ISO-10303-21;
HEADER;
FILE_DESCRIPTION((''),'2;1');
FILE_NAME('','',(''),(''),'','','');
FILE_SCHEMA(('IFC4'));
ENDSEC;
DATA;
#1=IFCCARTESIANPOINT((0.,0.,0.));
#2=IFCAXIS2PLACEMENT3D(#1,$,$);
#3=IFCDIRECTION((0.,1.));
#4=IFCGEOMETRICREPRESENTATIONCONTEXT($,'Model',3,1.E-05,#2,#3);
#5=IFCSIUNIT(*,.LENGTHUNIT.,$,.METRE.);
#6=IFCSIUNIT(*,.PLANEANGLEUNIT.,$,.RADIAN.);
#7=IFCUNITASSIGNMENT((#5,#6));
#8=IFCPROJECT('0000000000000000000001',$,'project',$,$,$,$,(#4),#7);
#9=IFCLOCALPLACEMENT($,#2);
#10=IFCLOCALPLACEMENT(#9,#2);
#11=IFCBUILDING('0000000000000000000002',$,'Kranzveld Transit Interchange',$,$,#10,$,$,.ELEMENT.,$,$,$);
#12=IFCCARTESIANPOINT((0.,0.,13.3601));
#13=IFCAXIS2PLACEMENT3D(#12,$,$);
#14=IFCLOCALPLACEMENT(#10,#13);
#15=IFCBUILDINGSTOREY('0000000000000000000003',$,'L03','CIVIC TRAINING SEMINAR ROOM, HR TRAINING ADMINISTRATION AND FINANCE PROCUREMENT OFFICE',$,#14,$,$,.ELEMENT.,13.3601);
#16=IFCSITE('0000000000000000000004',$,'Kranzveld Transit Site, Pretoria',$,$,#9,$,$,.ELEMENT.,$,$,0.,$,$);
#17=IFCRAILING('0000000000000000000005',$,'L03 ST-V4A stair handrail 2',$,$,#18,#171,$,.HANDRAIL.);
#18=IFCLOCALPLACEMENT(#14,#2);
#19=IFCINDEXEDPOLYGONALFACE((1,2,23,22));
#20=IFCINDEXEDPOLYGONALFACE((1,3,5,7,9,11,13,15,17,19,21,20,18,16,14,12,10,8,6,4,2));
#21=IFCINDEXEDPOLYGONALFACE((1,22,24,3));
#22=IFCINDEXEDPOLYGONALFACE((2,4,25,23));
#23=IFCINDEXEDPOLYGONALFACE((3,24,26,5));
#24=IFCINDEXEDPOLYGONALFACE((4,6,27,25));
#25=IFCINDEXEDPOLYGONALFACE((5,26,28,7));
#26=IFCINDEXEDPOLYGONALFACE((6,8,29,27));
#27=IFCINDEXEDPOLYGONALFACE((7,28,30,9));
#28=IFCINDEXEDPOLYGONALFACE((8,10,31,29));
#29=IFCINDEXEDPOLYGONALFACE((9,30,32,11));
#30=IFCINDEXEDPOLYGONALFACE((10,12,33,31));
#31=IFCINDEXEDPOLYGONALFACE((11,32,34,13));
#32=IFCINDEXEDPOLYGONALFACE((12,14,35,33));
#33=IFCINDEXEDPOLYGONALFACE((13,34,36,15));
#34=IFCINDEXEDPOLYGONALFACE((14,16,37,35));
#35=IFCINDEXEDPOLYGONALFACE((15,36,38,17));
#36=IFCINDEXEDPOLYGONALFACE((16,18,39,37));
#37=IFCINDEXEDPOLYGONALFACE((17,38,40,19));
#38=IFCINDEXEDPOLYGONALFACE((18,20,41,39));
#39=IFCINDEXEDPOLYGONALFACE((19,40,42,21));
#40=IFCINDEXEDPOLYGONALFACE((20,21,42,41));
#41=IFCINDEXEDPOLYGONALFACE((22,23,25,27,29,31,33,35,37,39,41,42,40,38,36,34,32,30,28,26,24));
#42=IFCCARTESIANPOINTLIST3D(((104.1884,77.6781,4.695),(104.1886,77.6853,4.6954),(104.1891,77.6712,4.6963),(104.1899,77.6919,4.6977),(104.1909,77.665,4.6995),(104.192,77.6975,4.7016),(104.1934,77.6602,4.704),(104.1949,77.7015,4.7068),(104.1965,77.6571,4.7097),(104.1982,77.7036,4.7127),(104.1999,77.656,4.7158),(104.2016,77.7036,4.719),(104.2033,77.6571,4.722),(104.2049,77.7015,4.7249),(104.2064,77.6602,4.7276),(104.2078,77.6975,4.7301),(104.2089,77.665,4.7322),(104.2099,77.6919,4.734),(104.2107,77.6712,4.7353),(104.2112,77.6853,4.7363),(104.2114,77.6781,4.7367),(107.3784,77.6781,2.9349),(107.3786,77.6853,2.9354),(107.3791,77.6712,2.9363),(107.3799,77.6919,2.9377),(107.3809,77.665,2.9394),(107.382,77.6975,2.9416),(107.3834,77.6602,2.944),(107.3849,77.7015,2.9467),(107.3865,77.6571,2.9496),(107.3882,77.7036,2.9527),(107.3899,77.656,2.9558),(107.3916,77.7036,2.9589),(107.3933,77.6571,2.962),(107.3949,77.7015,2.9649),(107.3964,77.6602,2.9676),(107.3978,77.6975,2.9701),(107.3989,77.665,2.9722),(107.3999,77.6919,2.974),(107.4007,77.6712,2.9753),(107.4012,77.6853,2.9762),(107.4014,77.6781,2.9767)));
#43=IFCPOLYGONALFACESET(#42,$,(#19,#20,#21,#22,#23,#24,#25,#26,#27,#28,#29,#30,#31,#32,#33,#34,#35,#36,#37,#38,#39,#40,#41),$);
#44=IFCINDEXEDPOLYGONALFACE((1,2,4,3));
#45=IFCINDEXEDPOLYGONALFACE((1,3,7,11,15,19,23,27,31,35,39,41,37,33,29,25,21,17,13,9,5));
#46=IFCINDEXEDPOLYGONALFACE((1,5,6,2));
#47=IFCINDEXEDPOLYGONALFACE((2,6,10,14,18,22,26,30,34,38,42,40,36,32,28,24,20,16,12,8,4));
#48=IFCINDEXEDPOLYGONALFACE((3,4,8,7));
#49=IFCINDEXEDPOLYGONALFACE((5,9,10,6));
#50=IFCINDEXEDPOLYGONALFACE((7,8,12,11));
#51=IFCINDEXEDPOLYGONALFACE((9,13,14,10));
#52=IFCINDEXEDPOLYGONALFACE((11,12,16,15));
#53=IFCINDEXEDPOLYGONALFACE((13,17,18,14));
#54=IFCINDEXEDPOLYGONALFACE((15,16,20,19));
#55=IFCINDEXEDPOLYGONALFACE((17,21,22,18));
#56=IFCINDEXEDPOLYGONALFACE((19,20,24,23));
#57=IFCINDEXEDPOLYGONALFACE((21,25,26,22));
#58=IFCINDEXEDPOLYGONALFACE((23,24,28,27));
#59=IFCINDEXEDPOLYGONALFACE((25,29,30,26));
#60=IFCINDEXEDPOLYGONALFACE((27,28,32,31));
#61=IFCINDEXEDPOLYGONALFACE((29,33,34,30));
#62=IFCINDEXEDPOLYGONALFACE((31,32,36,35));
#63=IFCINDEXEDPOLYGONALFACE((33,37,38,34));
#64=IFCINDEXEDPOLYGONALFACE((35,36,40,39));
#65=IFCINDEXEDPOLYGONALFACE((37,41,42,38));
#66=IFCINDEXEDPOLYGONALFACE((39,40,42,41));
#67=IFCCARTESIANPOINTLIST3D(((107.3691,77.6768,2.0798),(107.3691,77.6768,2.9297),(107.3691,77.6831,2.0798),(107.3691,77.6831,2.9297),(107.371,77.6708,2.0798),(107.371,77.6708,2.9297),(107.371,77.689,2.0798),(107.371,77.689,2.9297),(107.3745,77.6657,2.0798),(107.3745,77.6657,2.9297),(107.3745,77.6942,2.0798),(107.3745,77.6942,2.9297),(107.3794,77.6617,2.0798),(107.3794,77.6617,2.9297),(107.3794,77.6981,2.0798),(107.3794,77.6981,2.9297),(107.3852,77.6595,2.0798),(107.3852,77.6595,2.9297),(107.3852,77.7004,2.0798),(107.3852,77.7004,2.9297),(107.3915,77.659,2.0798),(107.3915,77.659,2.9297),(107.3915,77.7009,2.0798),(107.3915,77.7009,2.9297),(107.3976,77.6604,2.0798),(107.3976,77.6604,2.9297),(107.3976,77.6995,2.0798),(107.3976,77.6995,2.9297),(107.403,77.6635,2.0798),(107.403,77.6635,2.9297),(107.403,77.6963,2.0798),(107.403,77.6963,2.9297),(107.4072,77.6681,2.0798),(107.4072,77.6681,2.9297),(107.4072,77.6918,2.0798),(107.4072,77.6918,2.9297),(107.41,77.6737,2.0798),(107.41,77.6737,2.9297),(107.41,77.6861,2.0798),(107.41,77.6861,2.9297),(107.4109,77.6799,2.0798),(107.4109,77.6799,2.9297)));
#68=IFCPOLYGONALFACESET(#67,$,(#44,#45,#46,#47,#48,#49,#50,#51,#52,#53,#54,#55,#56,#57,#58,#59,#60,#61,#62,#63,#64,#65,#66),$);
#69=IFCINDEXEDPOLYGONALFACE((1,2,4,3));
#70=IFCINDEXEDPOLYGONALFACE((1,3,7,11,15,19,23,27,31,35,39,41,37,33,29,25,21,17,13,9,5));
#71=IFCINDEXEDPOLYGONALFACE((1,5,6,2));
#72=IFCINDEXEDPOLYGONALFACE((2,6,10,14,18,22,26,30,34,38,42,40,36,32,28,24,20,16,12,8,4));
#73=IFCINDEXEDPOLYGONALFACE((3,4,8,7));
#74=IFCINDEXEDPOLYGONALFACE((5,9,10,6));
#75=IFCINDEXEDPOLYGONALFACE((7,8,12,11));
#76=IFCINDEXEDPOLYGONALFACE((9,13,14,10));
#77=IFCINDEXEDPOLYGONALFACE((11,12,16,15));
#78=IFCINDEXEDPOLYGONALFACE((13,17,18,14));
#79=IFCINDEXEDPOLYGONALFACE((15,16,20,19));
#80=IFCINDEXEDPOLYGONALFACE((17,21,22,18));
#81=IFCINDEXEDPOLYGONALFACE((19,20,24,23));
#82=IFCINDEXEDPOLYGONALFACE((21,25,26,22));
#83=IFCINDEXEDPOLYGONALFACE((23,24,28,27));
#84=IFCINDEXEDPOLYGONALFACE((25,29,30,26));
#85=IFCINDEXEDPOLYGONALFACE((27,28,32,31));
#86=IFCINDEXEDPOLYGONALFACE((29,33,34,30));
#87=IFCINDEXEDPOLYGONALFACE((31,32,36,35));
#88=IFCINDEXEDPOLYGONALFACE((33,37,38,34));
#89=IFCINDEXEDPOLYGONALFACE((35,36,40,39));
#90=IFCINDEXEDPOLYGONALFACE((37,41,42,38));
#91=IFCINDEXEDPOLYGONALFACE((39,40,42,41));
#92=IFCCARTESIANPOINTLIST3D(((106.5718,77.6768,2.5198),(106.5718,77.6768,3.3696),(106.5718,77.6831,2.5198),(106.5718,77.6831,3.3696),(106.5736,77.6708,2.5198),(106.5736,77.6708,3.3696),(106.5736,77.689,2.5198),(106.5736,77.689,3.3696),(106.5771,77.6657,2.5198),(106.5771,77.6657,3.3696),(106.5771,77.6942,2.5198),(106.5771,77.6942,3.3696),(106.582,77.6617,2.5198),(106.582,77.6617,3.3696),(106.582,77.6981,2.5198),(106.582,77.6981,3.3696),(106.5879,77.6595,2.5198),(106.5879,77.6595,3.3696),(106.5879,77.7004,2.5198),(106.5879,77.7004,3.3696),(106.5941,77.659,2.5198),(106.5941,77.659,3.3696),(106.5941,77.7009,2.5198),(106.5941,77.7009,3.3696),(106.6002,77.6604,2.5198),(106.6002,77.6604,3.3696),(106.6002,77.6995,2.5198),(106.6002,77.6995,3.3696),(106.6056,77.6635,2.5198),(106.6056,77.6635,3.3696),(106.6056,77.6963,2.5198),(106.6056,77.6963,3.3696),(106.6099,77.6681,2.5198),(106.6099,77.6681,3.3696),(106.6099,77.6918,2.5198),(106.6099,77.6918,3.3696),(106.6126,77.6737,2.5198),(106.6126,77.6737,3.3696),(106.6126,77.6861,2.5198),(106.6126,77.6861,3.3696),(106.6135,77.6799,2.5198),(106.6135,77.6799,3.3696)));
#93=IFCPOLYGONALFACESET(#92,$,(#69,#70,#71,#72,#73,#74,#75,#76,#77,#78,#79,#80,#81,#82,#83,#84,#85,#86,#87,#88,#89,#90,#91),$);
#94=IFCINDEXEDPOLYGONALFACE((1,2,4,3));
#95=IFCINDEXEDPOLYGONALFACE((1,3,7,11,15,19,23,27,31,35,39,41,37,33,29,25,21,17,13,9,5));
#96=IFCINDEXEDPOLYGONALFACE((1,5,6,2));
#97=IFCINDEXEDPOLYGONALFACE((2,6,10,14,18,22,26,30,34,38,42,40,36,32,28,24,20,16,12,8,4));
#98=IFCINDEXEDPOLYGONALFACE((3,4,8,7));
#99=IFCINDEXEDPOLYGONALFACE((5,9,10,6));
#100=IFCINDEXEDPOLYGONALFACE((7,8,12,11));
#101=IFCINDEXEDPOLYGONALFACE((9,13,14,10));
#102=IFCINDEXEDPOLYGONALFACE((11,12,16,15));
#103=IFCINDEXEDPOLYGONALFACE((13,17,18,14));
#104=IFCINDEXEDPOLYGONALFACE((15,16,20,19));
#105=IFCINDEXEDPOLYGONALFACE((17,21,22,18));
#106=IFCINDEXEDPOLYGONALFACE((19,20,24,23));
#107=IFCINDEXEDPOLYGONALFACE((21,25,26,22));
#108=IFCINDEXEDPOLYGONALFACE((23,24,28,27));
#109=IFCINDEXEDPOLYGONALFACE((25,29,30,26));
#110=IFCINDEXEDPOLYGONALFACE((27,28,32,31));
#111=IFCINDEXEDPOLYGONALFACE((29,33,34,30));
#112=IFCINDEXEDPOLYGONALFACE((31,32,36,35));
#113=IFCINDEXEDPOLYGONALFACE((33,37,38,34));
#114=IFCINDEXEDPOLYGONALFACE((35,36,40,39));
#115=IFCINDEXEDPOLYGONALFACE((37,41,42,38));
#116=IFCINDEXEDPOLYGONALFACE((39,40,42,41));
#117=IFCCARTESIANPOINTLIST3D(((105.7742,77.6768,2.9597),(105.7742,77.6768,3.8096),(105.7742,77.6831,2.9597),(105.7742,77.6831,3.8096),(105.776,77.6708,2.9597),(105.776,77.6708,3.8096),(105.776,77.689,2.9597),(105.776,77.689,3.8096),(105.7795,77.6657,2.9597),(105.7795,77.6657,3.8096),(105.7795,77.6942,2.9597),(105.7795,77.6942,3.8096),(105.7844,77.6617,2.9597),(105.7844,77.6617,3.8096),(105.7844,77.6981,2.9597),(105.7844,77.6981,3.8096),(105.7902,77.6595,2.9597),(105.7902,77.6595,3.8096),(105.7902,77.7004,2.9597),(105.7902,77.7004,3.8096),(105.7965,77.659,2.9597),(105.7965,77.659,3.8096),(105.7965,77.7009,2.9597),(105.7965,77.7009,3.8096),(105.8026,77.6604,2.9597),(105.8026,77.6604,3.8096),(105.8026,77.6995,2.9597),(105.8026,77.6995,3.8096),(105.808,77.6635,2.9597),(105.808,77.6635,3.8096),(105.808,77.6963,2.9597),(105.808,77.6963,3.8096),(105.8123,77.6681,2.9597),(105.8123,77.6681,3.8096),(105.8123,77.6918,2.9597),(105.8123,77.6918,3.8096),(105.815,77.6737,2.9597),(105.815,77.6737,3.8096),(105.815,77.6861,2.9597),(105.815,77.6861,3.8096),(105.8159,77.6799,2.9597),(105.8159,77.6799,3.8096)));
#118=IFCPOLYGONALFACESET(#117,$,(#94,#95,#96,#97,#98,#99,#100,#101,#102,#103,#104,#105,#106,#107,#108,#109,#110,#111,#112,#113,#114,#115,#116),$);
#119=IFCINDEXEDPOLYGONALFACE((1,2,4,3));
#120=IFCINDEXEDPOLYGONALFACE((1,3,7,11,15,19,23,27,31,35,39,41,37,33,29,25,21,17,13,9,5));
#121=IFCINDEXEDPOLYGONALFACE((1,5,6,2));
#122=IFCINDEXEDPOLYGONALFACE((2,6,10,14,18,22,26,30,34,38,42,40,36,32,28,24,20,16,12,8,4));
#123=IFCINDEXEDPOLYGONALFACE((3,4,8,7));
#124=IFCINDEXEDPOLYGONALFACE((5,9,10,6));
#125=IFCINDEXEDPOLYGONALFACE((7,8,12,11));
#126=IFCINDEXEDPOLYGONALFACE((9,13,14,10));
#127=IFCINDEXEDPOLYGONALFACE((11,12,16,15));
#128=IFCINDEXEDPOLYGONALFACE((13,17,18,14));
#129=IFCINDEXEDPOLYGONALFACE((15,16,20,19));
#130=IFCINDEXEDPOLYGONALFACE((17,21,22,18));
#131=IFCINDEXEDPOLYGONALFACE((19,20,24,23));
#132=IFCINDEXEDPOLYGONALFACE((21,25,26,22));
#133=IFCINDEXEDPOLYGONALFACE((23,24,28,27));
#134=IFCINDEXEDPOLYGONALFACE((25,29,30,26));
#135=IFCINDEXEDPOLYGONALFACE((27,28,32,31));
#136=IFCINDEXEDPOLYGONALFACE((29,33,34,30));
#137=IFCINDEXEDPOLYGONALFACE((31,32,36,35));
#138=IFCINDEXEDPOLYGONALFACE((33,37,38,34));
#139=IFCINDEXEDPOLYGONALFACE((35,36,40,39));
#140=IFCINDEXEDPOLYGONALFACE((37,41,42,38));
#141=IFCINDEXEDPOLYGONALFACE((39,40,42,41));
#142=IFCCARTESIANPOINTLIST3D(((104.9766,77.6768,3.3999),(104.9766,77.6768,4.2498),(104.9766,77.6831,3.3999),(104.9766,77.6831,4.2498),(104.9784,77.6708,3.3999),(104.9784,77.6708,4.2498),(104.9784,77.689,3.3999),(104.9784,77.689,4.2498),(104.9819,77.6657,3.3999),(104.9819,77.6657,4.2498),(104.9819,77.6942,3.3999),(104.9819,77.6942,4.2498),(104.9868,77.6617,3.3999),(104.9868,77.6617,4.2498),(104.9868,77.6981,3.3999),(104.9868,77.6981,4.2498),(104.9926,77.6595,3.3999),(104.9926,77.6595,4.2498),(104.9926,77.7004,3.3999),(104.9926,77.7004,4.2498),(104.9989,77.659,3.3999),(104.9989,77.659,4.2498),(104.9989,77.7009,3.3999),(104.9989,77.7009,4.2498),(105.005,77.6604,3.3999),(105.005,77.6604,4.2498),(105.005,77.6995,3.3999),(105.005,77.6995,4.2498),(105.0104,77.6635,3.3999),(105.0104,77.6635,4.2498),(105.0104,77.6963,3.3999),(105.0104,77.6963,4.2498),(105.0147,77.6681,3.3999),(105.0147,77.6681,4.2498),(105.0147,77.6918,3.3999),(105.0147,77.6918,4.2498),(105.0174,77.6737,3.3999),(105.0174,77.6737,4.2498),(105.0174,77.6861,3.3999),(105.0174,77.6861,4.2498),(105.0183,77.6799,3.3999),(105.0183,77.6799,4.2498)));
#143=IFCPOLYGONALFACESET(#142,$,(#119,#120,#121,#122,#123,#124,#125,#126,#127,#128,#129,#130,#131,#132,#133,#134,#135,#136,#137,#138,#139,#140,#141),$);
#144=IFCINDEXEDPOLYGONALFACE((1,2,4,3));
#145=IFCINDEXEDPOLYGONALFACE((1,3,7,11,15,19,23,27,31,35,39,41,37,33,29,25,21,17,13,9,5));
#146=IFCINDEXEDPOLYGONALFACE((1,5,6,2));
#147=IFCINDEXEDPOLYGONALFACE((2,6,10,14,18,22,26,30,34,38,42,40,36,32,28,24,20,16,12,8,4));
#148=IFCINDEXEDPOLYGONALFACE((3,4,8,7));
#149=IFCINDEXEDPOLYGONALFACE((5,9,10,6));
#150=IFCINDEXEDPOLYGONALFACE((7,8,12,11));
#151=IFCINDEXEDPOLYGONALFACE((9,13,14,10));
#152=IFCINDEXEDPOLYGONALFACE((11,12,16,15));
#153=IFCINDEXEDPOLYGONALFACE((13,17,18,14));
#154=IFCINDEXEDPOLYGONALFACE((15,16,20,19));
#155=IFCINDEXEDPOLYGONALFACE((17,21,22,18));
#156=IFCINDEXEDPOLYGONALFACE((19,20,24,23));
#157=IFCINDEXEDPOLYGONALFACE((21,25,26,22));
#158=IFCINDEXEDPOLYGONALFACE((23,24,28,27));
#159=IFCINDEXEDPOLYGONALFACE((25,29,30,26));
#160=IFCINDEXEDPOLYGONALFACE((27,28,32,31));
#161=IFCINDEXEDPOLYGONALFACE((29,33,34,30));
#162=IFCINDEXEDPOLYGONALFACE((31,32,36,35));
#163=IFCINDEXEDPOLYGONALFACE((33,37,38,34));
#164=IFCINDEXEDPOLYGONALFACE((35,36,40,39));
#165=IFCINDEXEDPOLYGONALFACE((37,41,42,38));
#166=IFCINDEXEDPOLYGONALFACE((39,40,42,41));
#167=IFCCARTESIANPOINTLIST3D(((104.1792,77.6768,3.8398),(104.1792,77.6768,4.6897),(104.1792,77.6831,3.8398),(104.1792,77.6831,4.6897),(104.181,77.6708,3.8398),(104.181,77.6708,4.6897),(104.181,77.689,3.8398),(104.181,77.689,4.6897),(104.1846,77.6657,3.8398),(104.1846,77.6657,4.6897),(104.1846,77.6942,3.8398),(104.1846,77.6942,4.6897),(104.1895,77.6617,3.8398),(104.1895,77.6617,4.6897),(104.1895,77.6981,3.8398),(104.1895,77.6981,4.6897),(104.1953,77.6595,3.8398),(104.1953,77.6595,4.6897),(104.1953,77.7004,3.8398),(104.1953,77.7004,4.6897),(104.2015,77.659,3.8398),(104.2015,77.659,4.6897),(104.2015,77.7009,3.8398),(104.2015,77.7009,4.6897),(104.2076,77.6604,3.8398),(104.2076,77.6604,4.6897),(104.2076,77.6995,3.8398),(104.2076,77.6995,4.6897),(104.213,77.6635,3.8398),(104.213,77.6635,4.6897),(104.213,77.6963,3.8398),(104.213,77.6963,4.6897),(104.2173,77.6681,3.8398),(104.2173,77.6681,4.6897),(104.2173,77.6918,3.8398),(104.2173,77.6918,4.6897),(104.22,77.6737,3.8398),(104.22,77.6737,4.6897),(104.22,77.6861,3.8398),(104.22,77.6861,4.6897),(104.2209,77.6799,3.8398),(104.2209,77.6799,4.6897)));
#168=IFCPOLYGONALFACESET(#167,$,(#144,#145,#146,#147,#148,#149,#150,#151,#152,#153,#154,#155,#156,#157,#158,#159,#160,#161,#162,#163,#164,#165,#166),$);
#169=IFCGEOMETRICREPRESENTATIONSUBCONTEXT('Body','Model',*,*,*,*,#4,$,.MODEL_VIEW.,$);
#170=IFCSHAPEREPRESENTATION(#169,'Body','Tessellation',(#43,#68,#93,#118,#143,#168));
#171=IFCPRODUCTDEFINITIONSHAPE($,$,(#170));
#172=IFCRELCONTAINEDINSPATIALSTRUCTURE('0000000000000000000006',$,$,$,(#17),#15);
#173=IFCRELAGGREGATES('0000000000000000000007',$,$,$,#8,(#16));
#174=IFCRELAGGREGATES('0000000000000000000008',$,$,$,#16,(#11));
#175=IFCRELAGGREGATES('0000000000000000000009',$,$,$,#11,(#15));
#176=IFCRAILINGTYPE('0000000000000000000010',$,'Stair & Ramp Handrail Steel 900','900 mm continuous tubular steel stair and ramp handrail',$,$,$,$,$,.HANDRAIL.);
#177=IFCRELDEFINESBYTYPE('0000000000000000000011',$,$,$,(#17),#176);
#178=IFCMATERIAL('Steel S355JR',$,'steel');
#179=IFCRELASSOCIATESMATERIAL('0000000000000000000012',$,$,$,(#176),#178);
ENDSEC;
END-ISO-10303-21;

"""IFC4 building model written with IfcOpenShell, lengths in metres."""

from ifc_helpers import new_model, si_unit, direction, frame, origin, origin_2d, place, context, subcontext, project, spatial, circle, extrude, material, type_object, element, save


model = new_model("IFC4")

# Units and contexts
model_context = context("Model", 3, precision=1e-05, world=origin(), true_north=direction((0.0, 1.0)))
body_context = subcontext(model_context, "Body", "Model", "MODEL_VIEW")
ifc_project = project(units=[si_unit("LENGTHUNIT", "METRE"), si_unit("PLANEANGLEUNIT", "RADIAN")], contexts=[model_context])

# Site, building, storey
site_placement = place(None, origin())
site = spatial("IfcSite", under=ifc_project, at=site_placement, Name="Kranzveld Transit Site, Pretoria", CompositionType="ELEMENT", RefElevation=0.0)
building_placement = place(site_placement, origin())
building = spatial("IfcBuilding", under=site, at=building_placement, Name="Kranzveld Transit Interchange", CompositionType="ELEMENT")
storey_placement = place(building_placement, frame((0.0, 0.0, 13.3601)))
storey = spatial("IfcBuildingStorey", under=building, at=storey_placement, Name="L03", Description="CIVIC TRAINING SEMINAR ROOM, HR TRAINING ADMINISTRATION AND FINANCE PROCUREMENT OFFICE", CompositionType="ELEMENT", Elevation=13.3601)

# Railing
ifc_material_1 = material(Name="Steel S355JR", Category="steel")
railing_type_1 = type_object("IfcRailingType", Name="Stair & Ramp Handrail Steel 900", Description="900 mm continuous tubular steel stair and ramp handrail", PredefinedType="HANDRAIL", material=ifc_material_1)
railing_1_placement = place(storey_placement, frame((107.3899, 77.6799, 2.0798)))
element("IfcRailing", 1, at=railing_1_placement, inside=storey, type_object=railing_type_1, Name="L03 ST-V4A stair handrail 2", PredefinedType="HANDRAIL", context=body_context, shape_type="SweptSolid", body=[
    extrude(circle(Radius=0.0239, at=origin_2d()), frame((0.0, 0.0, 0.876), z_axis=(-0.875573, 0.0, 0.483086), x_axis=(0.0, -1.0, 0.0)), (0.0, 0.0, 1.0), 3.6433),
    extrude(circle(Radius=0.021, at=origin_2d()), origin(), (0.0, 0.0, 1.0), 0.8499),
    extrude(circle(Radius=0.021, at=origin_2d()), frame((-0.7974, 0.0, 0.4399)), (0.0, 0.0, 1.0), 0.8499),
    extrude(circle(Radius=0.021, at=origin_2d()), frame((-1.595, 0.0, 0.8799)), (0.0, 0.0, 1.0), 0.8499),
    extrude(circle(Radius=0.021, at=origin_2d()), frame((-2.3926, 0.0, 1.3201)), (0.0, 0.0, 1.0), 0.8499),
    extrude(circle(Radius=0.021, at=origin_2d()), frame((-3.1899, 0.0, 1.76)), (0.0, 0.0, 1.0), 0.8499),
])

save(model, "model.ifc")
